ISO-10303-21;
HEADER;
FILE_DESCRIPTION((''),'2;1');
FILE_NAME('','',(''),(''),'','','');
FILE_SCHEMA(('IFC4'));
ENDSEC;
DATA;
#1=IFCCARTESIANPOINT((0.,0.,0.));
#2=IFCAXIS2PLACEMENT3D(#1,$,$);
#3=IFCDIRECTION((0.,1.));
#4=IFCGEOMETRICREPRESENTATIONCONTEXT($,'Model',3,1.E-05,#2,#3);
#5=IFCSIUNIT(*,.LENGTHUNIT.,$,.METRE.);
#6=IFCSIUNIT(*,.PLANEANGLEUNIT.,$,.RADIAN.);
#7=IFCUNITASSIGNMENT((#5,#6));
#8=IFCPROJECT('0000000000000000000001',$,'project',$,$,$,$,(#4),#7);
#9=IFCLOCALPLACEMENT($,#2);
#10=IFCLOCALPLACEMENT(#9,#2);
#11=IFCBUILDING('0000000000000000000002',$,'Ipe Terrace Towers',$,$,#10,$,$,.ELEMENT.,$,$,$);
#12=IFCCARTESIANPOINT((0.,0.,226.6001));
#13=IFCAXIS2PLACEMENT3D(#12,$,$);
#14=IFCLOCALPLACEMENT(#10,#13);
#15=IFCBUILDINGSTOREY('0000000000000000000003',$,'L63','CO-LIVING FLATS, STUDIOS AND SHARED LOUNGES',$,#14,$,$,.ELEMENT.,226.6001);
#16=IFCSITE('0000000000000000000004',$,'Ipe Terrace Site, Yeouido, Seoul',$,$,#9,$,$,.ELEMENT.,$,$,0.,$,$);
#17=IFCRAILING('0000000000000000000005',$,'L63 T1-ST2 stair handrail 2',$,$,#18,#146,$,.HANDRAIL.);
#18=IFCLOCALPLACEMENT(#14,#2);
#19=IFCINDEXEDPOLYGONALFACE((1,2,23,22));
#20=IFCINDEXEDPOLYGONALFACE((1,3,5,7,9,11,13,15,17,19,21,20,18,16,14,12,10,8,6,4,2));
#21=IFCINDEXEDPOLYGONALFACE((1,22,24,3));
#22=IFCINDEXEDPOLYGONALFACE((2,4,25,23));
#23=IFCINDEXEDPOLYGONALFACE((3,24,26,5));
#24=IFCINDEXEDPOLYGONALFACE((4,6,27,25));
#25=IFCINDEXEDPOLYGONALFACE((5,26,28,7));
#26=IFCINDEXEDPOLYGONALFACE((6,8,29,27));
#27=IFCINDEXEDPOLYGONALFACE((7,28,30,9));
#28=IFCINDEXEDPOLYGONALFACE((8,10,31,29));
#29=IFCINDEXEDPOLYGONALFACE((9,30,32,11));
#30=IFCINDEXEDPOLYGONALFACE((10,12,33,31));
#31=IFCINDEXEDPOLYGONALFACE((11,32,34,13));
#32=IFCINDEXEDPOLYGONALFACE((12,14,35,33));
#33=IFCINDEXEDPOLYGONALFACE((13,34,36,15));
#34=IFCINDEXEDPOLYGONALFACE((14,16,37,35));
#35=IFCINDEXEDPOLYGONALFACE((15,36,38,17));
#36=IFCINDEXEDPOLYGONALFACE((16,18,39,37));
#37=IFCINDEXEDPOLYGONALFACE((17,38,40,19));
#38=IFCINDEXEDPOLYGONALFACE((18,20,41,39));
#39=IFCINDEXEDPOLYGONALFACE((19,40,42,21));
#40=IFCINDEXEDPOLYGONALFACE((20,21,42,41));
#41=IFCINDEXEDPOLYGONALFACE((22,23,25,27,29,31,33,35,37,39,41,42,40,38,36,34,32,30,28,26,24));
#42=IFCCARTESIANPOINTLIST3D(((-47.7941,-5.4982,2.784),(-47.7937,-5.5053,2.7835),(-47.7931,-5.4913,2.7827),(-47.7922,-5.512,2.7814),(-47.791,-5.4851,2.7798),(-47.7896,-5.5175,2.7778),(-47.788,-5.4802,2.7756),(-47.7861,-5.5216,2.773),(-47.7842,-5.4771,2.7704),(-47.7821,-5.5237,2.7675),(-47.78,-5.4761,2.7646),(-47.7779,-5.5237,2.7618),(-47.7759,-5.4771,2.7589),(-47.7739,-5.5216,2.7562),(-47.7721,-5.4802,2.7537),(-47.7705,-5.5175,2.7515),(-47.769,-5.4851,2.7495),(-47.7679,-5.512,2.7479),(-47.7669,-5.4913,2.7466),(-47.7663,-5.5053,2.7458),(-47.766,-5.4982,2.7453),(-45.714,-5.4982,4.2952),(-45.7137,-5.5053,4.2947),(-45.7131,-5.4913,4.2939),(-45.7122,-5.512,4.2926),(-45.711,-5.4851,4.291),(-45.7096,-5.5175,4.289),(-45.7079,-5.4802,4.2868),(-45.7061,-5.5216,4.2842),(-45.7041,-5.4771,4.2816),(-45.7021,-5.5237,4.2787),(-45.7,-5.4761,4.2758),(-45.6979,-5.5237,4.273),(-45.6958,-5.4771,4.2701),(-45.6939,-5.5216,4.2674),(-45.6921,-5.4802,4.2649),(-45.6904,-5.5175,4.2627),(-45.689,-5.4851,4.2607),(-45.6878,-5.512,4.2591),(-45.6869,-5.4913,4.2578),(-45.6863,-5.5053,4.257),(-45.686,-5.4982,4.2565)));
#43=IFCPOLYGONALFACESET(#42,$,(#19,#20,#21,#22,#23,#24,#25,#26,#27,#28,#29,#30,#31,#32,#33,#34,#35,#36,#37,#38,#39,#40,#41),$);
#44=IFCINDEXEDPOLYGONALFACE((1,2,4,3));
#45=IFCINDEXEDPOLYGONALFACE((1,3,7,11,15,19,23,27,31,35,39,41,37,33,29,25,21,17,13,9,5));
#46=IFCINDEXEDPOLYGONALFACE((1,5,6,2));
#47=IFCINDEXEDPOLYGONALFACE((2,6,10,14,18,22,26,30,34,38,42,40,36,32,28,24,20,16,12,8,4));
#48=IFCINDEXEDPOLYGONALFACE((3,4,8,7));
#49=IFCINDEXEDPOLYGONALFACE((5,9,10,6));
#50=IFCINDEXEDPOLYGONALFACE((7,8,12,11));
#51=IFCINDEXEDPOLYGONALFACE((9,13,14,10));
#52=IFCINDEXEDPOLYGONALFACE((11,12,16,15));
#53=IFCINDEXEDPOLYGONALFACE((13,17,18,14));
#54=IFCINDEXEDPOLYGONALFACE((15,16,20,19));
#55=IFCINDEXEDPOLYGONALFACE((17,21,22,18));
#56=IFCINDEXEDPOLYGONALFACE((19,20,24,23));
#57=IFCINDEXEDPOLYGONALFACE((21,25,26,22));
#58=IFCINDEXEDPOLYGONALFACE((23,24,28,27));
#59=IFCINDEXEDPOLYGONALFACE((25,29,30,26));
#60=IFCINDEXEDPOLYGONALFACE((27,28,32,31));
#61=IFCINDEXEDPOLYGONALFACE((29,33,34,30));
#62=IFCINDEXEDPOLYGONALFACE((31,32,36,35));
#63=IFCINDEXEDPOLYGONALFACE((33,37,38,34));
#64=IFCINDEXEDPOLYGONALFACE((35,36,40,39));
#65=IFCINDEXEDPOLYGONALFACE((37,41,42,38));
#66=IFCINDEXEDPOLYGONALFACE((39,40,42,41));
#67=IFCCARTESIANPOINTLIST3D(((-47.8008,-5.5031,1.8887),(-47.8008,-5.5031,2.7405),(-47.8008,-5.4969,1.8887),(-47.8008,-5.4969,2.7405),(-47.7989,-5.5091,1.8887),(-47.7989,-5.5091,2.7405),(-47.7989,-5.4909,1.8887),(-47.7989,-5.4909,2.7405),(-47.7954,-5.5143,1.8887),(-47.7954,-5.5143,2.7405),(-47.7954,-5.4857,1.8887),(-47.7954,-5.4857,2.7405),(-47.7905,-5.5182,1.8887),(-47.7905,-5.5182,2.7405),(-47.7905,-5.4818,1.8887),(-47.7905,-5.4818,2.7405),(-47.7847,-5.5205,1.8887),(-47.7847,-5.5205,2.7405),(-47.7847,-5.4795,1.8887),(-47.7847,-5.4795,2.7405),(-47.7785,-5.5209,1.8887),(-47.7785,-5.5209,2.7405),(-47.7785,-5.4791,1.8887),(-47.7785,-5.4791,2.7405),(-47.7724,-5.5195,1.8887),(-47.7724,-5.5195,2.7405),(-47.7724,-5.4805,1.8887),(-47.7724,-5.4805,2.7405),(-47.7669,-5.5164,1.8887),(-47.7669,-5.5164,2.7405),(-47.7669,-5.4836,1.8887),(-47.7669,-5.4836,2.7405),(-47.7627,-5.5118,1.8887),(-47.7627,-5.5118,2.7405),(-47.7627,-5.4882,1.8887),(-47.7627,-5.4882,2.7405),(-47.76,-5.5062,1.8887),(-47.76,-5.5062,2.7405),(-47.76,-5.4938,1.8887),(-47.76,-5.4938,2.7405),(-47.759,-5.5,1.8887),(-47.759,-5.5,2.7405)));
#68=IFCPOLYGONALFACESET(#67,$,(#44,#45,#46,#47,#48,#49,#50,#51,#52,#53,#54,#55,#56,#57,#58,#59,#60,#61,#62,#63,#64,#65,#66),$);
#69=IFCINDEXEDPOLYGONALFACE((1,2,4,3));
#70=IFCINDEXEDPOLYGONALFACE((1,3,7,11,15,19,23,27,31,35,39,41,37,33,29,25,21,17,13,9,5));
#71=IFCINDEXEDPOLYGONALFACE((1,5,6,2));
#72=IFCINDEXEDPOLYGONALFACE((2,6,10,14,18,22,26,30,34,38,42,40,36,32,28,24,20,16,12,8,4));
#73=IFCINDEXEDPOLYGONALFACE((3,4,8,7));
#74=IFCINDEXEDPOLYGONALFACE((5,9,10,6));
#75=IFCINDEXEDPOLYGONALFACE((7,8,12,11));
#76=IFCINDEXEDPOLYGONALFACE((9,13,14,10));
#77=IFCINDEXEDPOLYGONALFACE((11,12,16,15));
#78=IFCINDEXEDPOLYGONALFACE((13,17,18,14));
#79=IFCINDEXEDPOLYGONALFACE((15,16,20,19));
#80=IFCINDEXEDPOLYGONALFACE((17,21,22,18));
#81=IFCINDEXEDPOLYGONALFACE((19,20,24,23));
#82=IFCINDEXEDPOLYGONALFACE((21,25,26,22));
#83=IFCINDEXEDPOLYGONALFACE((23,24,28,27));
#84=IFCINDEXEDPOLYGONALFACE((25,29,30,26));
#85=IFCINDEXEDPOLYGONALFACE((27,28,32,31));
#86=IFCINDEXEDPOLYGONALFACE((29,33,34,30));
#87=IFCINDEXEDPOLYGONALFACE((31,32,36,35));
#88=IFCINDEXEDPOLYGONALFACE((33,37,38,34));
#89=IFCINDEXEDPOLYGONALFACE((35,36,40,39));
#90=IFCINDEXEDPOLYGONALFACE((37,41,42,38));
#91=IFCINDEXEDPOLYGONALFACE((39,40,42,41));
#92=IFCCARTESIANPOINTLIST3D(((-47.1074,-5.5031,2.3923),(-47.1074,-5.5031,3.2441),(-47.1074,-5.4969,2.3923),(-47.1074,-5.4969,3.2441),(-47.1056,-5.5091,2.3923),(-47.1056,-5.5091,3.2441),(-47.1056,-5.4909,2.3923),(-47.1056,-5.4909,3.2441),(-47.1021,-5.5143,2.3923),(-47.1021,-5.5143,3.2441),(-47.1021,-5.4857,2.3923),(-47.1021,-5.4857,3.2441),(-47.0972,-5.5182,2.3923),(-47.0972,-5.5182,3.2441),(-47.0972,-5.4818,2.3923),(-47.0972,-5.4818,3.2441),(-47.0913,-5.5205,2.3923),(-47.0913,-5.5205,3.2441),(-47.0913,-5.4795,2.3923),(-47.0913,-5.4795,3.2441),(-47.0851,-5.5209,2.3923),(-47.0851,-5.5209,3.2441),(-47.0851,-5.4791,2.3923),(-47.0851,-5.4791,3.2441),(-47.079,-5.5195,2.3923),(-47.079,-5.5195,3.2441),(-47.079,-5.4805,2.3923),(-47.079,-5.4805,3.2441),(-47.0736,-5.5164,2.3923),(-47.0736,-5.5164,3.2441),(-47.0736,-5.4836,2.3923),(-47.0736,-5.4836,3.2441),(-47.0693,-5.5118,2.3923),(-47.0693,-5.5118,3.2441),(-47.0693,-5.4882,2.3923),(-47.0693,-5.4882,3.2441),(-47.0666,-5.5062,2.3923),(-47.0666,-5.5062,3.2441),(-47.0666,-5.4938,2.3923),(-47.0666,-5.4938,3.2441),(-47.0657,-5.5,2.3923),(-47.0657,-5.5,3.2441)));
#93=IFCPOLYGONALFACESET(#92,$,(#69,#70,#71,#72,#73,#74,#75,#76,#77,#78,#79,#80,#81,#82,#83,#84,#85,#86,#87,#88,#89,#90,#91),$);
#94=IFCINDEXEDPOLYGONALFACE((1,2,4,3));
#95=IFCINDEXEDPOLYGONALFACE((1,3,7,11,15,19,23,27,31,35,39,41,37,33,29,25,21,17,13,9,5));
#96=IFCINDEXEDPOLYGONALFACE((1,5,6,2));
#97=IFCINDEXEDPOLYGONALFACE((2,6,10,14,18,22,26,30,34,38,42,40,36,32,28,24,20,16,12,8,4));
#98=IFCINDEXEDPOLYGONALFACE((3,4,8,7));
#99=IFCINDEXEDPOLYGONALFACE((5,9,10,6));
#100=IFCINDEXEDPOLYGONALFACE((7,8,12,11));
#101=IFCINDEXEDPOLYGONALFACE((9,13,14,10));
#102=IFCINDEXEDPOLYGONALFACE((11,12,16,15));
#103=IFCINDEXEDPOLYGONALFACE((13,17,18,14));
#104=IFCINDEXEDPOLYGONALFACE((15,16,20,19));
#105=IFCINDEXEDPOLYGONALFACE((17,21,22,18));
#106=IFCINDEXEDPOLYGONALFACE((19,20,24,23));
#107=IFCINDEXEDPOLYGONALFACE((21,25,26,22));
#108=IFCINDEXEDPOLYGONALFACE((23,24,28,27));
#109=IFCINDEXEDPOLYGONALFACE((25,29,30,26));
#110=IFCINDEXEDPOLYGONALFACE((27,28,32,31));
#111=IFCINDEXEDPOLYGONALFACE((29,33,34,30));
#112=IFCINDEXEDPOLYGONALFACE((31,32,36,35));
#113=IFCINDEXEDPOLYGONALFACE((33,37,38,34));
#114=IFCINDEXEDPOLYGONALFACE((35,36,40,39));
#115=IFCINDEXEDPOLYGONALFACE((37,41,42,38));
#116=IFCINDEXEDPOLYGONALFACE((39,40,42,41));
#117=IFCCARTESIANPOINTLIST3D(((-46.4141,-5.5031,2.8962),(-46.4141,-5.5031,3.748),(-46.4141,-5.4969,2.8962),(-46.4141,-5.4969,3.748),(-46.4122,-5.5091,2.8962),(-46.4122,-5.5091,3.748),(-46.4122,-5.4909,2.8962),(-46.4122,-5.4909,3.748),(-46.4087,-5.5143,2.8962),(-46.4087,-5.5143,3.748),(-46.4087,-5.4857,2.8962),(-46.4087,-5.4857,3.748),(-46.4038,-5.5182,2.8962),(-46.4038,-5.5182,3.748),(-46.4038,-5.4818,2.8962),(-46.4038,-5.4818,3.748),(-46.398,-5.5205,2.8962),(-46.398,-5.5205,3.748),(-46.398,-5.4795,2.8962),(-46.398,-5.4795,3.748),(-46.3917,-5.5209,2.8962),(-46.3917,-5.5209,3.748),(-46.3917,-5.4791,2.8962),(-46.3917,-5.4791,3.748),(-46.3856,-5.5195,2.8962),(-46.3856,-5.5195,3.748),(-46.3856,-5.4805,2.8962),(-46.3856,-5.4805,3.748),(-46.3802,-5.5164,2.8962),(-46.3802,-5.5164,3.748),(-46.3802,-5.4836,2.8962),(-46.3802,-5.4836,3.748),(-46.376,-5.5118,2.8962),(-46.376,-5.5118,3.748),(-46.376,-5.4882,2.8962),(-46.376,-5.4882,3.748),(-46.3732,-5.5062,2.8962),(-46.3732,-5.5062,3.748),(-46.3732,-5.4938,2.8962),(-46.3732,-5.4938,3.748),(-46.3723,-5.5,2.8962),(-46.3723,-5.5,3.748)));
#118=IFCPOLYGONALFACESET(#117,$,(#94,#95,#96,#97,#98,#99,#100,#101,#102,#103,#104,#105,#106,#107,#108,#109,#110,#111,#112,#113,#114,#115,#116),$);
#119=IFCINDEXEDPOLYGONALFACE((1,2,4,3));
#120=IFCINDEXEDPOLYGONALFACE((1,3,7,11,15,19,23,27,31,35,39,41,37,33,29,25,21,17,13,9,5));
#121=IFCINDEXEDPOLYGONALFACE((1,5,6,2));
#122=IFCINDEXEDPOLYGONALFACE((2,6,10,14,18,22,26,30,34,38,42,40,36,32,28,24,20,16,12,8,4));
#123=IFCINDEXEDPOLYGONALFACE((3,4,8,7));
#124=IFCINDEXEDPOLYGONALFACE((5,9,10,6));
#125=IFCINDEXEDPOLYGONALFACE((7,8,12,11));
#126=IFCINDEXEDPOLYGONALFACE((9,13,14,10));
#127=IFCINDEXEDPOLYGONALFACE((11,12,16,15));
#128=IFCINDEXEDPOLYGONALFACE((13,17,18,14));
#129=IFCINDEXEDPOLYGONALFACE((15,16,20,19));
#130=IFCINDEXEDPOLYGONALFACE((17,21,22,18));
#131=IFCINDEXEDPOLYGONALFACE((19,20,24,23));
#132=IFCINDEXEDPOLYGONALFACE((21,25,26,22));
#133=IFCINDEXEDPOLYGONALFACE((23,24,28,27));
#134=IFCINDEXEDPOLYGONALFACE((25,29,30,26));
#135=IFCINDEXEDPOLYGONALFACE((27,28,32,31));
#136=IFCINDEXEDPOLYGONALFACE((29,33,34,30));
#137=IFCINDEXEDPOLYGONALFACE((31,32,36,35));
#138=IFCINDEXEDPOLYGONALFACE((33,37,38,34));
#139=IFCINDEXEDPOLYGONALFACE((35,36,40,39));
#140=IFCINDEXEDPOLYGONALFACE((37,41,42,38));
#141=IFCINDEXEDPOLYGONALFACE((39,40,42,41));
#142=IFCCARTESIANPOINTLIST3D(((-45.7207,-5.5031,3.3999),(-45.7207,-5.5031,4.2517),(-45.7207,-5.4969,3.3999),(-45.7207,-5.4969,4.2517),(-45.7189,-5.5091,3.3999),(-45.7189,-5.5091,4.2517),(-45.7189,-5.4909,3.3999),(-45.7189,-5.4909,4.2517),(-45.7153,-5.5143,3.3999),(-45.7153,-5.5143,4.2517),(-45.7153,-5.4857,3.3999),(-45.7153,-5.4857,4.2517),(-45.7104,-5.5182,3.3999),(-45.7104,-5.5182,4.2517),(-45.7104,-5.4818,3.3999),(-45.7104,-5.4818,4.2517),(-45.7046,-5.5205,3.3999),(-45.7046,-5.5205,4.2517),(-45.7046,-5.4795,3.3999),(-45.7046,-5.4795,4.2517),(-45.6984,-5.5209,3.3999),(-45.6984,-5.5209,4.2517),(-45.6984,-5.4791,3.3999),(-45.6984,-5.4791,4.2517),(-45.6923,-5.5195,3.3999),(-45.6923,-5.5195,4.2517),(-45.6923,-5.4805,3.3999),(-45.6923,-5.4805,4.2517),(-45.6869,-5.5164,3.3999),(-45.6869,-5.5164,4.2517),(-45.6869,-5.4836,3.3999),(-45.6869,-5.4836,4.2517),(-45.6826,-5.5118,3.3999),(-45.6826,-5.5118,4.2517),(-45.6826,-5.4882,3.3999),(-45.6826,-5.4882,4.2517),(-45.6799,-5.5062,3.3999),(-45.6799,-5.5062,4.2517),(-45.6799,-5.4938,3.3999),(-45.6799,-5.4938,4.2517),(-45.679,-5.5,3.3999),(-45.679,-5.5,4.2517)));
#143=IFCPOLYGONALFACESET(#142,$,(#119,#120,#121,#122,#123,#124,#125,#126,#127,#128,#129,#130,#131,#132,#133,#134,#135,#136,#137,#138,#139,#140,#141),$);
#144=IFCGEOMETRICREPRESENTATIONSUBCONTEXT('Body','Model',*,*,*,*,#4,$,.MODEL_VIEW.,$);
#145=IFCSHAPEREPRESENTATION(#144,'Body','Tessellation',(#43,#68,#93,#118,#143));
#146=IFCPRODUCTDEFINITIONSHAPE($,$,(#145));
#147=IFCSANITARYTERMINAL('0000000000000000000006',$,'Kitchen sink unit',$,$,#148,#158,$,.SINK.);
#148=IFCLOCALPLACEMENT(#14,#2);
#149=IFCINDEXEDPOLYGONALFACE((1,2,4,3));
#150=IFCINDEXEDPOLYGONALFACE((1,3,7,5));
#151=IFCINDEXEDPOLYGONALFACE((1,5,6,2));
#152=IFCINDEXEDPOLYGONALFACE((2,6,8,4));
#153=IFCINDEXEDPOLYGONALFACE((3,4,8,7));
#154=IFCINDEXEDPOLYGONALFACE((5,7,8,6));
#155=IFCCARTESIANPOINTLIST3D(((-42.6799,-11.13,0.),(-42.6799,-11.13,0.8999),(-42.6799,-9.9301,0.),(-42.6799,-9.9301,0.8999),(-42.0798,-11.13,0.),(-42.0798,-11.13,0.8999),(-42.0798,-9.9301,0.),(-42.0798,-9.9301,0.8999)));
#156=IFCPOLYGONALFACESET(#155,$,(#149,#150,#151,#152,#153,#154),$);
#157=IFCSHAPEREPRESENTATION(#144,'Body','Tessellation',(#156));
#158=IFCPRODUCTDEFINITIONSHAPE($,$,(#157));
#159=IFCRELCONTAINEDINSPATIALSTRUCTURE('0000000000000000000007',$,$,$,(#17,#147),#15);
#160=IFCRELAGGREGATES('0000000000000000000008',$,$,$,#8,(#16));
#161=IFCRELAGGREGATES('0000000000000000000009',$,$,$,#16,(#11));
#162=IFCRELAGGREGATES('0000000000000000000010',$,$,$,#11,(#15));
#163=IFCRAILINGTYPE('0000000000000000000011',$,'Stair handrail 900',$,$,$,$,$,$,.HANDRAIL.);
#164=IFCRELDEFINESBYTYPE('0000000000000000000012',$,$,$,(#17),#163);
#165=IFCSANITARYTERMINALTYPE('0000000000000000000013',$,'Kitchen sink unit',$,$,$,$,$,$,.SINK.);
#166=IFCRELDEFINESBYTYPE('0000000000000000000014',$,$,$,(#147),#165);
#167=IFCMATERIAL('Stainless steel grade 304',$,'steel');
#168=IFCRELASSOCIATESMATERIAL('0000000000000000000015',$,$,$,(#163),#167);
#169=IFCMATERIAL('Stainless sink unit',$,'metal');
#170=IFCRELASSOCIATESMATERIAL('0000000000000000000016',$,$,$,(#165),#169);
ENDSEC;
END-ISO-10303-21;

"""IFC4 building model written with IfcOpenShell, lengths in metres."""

from ifc_helpers import new_model, si_unit, direction, frame, origin, origin_2d, place, context, subcontext, project, spatial, rectangle, circle, extrude, material, type_object, element, save


model = new_model("IFC4")

# Units and contexts
model_context = context("Model", 3, precision=1e-05, world=origin(), true_north=direction((0.0, 1.0)))
body_context = subcontext(model_context, "Body", "Model", "MODEL_VIEW")
ifc_project = project(units=[si_unit("LENGTHUNIT", "METRE"), si_unit("PLANEANGLEUNIT", "RADIAN")], contexts=[model_context])

# Site, building, storey
site_placement = place(None, origin())
site = spatial("IfcSite", under=ifc_project, at=site_placement, Name="Ipe Terrace Site, Yeouido, Seoul", CompositionType="ELEMENT", RefElevation=0.0)
building_placement = place(site_placement, origin())
building = spatial("IfcBuilding", under=site, at=building_placement, Name="Ipe Terrace Towers", CompositionType="ELEMENT")
storey_placement = place(building_placement, frame((0.0, 0.0, 226.6001)))
storey = spatial("IfcBuildingStorey", under=building, at=storey_placement, Name="L63", Description="CO-LIVING FLATS, STUDIOS AND SHARED LOUNGES", CompositionType="ELEMENT", Elevation=226.6001)

# Railing
ifc_material_1 = material(Name="Stainless steel grade 304", Category="steel")
railing_type_1 = type_object("IfcRailingType", Name="Stair handrail 900", PredefinedType="HANDRAIL", material=ifc_material_1)
railing_1_placement = place(storey_placement, frame((-47.78, -5.5, 1.8887)))
element("IfcRailing", 1, at=railing_1_placement, inside=storey, type_object=railing_type_1, Name="L63 T1-ST2 stair handrail 2", PredefinedType="HANDRAIL", context=body_context, shape_type="SweptSolid", body=[
    extrude(circle(Radius=0.0239, at=origin_2d()), frame((0.0, 0.0, 0.876), z_axis=(0.809023, 0.0, 0.587776), x_axis=(0.0, 1.0, 0.0)), (0.0, 0.0, 1.0), 2.571),
    extrude(circle(Radius=0.021, at=origin_2d()), origin(), (0.0, 0.0, 1.0), 0.8518),
    extrude(circle(Radius=0.021, at=origin_2d()), frame((0.6934, 0.0, 0.5037)), (0.0, 0.0, 1.0), 0.8518),
    extrude(circle(Radius=0.021, at=origin_2d()), frame((1.3867, 0.0, 1.0076)), (0.0, 0.0, 1.0), 0.8518),
    extrude(circle(Radius=0.021, at=origin_2d()), frame((2.0801, 0.0, 1.5112)), (0.0, 0.0, 1.0), 0.8518),
])

# Sanitary terminal
ifc_material_2 = material(Name="Stainless sink unit", Category="metal")
sanitary_terminal_type = type_object("IfcSanitaryTerminalType", Name="Kitchen sink unit", PredefinedType="SINK", material=ifc_material_2)
sanitary_terminal_placement = place(storey_placement, frame((-42.3799, -10.53, 0.0), z_axis=(0.0, 0.0, 1.0), x_axis=(0.0, 1.0, 0.0)))
element("IfcSanitaryTerminal", 2, at=sanitary_terminal_placement, inside=storey, type_object=sanitary_terminal_type, Name="Kitchen sink unit", PredefinedType="SINK", context=body_context, shape_type="SweptSolid", body=[
    extrude(rectangle(XDim=1.2, YDim=0.6001, at=origin_2d()), origin(), (0.0, 0.0, 1.0), 0.8999),
])

save(model, "model.ifc")
